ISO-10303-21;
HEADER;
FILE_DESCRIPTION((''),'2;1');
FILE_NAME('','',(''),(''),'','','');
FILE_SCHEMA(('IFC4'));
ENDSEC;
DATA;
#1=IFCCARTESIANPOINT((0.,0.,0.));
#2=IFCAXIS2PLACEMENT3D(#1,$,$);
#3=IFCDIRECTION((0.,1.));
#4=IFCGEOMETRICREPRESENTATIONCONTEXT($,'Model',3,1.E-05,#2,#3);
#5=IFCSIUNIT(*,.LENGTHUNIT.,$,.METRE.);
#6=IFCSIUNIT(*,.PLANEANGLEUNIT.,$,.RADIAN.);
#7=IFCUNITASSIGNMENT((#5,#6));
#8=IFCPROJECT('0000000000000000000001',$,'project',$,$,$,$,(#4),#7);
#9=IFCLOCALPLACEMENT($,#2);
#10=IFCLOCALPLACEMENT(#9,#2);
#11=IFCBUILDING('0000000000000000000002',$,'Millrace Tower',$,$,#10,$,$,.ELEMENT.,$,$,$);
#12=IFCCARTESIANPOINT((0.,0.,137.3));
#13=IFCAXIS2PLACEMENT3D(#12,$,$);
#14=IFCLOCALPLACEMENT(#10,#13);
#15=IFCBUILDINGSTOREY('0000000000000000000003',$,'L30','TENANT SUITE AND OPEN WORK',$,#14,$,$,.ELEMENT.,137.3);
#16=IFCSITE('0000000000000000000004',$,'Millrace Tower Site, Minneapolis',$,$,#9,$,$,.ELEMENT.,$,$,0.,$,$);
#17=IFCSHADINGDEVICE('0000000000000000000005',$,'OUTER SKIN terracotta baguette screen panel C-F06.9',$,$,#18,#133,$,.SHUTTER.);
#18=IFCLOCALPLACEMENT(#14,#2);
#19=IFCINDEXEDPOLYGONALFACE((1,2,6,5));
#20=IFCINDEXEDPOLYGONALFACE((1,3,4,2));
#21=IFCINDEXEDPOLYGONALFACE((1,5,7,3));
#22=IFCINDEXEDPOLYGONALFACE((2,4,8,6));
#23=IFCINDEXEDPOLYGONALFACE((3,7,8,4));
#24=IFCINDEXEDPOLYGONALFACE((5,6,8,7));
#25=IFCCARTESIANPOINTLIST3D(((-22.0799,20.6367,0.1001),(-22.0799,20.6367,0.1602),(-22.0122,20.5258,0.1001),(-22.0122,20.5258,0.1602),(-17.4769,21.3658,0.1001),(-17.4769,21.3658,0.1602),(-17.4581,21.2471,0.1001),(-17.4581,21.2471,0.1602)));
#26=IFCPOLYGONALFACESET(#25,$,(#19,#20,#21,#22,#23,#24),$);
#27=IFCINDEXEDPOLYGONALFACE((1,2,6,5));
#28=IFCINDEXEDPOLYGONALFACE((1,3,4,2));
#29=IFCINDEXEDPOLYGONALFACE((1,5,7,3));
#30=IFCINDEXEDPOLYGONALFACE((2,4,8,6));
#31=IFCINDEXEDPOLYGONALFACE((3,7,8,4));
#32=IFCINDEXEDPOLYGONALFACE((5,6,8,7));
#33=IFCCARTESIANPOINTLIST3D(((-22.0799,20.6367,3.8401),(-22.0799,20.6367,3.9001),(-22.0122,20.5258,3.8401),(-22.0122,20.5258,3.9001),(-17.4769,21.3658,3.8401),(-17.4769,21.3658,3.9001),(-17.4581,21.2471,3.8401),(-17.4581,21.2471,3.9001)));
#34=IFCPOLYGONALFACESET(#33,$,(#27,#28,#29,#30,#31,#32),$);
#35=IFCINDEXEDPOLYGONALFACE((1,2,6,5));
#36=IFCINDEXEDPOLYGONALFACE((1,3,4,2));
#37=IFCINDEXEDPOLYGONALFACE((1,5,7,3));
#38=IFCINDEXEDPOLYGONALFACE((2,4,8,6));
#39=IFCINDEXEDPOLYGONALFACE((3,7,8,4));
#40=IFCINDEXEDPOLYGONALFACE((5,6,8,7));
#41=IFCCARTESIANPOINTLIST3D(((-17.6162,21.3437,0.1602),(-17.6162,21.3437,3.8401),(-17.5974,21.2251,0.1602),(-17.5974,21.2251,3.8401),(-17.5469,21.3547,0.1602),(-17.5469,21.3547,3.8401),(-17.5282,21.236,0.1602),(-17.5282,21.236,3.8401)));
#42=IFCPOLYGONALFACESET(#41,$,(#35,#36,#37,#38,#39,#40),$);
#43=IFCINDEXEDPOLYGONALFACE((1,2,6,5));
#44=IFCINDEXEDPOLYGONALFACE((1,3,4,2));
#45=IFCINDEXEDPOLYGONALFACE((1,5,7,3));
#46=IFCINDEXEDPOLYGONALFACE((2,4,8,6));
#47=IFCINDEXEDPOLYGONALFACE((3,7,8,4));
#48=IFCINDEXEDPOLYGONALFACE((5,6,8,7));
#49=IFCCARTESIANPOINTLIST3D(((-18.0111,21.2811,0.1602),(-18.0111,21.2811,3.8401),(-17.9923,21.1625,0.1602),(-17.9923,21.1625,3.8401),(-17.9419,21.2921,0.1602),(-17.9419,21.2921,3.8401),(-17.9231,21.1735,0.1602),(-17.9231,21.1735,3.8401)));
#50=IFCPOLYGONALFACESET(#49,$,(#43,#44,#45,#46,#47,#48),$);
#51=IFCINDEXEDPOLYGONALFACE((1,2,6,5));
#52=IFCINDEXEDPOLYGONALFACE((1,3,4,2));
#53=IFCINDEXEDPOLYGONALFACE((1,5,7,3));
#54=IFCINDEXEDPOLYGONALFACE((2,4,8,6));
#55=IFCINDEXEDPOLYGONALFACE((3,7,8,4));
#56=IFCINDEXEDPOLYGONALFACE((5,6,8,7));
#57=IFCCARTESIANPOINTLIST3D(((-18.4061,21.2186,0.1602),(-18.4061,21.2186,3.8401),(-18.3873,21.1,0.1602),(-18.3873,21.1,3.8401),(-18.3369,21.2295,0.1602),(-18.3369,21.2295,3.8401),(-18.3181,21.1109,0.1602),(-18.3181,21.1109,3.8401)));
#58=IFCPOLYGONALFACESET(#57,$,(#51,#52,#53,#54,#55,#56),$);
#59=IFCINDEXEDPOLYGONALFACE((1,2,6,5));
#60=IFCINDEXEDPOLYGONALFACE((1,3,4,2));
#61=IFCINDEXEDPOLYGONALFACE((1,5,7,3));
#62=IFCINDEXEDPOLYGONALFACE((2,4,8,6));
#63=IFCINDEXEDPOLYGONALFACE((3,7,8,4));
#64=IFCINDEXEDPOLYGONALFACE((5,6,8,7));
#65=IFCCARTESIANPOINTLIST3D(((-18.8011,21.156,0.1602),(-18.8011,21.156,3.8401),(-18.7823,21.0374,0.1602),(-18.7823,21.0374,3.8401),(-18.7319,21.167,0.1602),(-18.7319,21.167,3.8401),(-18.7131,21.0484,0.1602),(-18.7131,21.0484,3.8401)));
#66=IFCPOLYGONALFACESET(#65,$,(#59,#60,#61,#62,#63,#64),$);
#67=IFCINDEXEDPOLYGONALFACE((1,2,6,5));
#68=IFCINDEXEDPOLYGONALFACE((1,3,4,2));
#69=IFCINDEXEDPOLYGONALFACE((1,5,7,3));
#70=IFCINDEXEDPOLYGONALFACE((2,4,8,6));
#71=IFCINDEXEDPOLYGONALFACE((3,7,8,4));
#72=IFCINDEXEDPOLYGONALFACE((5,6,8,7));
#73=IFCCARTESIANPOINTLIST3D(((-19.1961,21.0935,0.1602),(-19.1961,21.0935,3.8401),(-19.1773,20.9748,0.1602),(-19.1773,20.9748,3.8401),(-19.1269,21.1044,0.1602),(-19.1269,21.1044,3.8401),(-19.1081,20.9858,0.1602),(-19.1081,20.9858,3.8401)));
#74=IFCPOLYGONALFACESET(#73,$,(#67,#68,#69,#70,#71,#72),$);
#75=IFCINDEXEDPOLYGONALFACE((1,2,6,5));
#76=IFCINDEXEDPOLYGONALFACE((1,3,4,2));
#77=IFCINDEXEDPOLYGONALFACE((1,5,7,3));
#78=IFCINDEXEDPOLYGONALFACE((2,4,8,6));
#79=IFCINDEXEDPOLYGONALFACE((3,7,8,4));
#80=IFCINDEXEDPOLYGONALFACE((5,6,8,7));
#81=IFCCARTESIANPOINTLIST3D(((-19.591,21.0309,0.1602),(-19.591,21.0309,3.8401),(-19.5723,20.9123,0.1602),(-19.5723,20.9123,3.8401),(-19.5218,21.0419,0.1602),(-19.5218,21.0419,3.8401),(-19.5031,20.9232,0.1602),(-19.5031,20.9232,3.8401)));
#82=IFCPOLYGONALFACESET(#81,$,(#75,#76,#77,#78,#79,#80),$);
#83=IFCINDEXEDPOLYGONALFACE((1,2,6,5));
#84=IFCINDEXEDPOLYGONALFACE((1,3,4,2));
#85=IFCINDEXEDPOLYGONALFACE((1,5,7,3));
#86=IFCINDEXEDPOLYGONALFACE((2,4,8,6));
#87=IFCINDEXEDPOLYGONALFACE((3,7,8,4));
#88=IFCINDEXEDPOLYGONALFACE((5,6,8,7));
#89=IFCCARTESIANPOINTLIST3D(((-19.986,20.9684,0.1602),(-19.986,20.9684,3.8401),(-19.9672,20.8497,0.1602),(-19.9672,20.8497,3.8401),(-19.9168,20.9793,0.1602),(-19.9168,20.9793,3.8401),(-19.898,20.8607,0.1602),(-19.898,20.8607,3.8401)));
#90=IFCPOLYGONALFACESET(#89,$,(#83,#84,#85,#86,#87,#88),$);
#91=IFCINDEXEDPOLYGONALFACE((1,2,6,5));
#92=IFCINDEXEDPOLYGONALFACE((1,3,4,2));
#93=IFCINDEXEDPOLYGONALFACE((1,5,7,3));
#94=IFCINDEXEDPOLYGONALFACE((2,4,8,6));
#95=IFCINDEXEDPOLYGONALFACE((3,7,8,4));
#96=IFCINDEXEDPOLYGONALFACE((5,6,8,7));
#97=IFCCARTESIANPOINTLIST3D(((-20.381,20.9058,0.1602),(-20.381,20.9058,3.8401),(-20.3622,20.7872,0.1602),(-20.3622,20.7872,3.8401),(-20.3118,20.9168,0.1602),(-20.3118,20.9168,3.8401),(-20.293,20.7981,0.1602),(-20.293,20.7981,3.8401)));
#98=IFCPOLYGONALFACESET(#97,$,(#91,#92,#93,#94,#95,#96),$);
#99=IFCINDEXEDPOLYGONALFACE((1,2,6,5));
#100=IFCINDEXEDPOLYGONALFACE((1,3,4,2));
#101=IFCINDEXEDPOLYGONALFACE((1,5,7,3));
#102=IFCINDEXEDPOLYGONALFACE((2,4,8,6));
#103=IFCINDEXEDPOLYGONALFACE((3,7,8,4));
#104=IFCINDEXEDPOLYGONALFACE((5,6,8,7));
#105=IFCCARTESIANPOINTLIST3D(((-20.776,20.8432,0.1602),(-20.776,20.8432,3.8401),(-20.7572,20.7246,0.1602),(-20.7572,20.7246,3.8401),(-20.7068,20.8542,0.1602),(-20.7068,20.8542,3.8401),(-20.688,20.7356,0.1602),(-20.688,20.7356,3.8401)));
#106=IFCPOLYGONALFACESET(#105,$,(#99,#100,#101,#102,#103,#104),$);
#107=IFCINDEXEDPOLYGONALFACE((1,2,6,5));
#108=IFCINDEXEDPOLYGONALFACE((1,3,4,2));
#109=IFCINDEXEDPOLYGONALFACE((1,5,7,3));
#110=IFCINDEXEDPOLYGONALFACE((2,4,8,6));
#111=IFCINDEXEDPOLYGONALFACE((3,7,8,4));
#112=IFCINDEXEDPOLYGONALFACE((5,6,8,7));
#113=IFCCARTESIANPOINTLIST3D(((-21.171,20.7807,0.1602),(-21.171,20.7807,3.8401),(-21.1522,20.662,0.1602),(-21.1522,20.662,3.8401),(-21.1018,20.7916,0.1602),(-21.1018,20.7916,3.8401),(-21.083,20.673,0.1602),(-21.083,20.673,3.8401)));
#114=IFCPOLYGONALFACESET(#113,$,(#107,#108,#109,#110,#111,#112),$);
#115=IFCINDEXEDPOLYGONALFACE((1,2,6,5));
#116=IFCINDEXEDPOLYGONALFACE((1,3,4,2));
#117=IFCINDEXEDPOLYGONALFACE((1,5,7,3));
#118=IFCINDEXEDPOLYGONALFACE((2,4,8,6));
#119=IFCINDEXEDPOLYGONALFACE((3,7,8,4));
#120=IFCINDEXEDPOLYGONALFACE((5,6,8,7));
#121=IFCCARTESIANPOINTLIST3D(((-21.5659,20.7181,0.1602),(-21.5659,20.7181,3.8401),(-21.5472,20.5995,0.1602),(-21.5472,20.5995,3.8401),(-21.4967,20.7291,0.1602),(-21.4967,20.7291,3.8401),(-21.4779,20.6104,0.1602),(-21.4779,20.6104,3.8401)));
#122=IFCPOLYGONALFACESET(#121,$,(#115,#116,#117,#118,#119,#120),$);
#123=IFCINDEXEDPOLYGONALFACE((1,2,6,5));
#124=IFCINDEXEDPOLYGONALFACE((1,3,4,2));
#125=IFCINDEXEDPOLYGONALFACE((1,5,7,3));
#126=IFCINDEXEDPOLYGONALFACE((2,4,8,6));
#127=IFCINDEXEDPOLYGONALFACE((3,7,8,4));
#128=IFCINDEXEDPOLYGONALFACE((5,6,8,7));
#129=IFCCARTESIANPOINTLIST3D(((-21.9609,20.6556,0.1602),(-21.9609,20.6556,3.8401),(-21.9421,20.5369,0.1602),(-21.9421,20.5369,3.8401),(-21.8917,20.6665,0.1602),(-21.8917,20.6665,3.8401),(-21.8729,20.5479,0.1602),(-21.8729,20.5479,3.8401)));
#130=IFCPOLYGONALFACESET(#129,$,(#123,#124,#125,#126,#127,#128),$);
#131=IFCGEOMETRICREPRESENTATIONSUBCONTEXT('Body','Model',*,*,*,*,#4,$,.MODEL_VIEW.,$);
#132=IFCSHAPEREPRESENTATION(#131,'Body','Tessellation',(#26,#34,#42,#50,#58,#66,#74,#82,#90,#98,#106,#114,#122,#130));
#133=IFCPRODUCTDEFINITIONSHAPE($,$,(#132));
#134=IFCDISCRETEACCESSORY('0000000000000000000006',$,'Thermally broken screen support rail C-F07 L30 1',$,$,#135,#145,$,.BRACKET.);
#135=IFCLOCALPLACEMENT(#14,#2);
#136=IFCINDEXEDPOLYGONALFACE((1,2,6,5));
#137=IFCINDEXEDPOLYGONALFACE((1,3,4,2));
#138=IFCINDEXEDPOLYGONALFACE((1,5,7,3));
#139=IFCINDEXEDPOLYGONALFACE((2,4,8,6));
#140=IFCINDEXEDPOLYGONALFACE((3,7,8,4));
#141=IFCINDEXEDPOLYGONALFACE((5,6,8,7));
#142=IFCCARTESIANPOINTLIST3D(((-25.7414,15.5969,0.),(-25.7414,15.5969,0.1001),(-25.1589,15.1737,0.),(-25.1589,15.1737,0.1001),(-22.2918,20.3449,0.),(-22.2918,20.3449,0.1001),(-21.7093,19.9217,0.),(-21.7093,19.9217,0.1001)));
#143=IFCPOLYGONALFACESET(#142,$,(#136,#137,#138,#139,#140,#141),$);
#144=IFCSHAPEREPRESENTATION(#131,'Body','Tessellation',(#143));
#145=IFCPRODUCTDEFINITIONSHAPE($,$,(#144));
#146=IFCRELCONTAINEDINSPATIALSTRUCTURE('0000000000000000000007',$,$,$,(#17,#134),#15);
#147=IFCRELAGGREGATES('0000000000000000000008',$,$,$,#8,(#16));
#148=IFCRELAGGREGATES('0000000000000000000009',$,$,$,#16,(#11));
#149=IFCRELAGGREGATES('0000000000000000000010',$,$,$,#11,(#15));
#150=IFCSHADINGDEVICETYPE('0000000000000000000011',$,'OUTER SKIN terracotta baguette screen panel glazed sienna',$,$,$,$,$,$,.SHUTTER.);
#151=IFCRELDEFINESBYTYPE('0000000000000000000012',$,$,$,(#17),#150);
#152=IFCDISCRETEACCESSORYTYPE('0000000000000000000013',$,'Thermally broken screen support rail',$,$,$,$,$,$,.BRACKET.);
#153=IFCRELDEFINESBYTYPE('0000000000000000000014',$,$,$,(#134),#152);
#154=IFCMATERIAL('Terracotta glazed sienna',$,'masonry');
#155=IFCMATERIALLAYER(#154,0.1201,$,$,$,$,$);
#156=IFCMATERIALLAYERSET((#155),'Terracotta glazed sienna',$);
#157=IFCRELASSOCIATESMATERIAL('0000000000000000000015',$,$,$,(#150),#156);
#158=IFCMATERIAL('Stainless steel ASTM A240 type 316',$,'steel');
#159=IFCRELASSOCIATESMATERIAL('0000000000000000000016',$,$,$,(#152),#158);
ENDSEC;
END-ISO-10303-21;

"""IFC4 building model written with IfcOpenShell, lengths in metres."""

from ifc_helpers import new_model, entity, si_unit, direction, frame, frame_2d, origin, origin_2d, place, context, subcontext, project, spatial, rectangle, extrude, source, transform, mapped, material, layer, layer_set, type_object, element, save


model = new_model("IFC4")

# Units and contexts
model_context = context("Model", 3, precision=1e-05, world=origin(), true_north=direction((0.0, 1.0)))
body_context = subcontext(model_context, "Body", "Model", "MODEL_VIEW")
ifc_project = project(units=[si_unit("LENGTHUNIT", "METRE"), si_unit("PLANEANGLEUNIT", "RADIAN")], contexts=[model_context])

# Site, building, storey
site_placement = place(None, origin())
site = spatial("IfcSite", under=ifc_project, at=site_placement, Name="Millrace Tower Site, Minneapolis", CompositionType="ELEMENT", RefElevation=0.0)
building_placement = place(site_placement, origin())
building = spatial("IfcBuilding", under=site, at=building_placement, Name="Millrace Tower", CompositionType="ELEMENT")
storey_placement = place(building_placement, frame((0.0, 0.0, 137.3)))
storey = spatial("IfcBuildingStorey", under=building, at=storey_placement, Name="L30", Description="TENANT SUITE AND OPEN WORK", CompositionType="ELEMENT", Elevation=137.3)

# Shading device
ifc_material_1 = material(Name="Terracotta glazed sienna", Category="masonry")
ifc_layer_1 = layer(ifc_material_1, 0.1201)
ifc_layer_set_1 = layer_set([ifc_layer_1], Name="Terracotta glazed sienna")
shading_device_type = type_object("IfcShadingDeviceType", Name="OUTER SKIN terracotta baguette screen panel glazed sienna", PredefinedType="SHUTTER", material=ifc_layer_set_1)
cartesian_point_1 = entity("IfcCartesianPoint", [-2.3179, 0.0601])
shared_polyline_1 = entity("IfcPolyline", [cartesian_point_1, entity("IfcCartesianPoint", [2.293, 0.0601]), entity("IfcCartesianPoint", [2.3425, -0.0601]), entity("IfcCartesianPoint", [-2.3179, -0.0601]), cartesian_point_1])
shared_shape_1 = source(origin(), body_context, "Body", "SweptSolid", [
    entity("IfcExtrudedAreaSolid", entity("IfcArbitraryClosedProfileDef", "AREA", None, shared_polyline_1), entity("IfcAxis2Placement3D", entity("IfcCartesianPoint", [0.0, 0.0, 0.0])), entity("IfcDirection", [0.0, 0.0, 1.0]), 0.0601),
    entity("IfcExtrudedAreaSolid", entity("IfcArbitraryClosedProfileDef", "AREA", None, shared_polyline_1), entity("IfcAxis2Placement3D", entity("IfcCartesianPoint", [0.0, 0.0, 3.74])), entity("IfcDirection", [0.0, 0.0, 1.0]), 0.0601),
    extrude(rectangle(XDim=0.0701, YDim=0.1201, at=frame_2d((-2.2119, 0.0))), frame((0.0, 0.0, 0.0601)), (0.0, 0.0, 1.0), 3.6799),
    extrude(rectangle(XDim=0.0701, YDim=0.1201, at=frame_2d((-1.812, 0.0))), frame((0.0, 0.0, 0.0601)), (0.0, 0.0, 1.0), 3.6799),
    extrude(rectangle(XDim=0.0701, YDim=0.1201, at=frame_2d((-1.4121, 0.0))), frame((0.0, 0.0, 0.0601)), (0.0, 0.0, 1.0), 3.6799),
    extrude(rectangle(XDim=0.0701, YDim=0.1201, at=frame_2d((-1.0122, 0.0))), frame((0.0, 0.0, 0.0601)), (0.0, 0.0, 1.0), 3.6799),
    extrude(rectangle(XDim=0.0701, YDim=0.1201, at=frame_2d((-0.6123, 0.0))), frame((0.0, 0.0, 0.0601)), (0.0, 0.0, 1.0), 3.6799),
    extrude(rectangle(XDim=0.0701, YDim=0.1201, at=frame_2d((-0.2124, 0.0))), frame((0.0, 0.0, 0.0601)), (0.0, 0.0, 1.0), 3.6799),
    extrude(rectangle(XDim=0.0701, YDim=0.1201, at=frame_2d((0.1875, 0.0))), frame((0.0, 0.0, 0.0601)), (0.0, 0.0, 1.0), 3.6799),
    extrude(rectangle(XDim=0.0701, YDim=0.1201, at=frame_2d((0.5874, 0.0))), frame((0.0, 0.0, 0.0601)), (0.0, 0.0, 1.0), 3.6799),
    extrude(rectangle(XDim=0.0701, YDim=0.1201, at=frame_2d((0.9873, 0.0))), frame((0.0, 0.0, 0.0601)), (0.0, 0.0, 1.0), 3.6799),
    extrude(rectangle(XDim=0.0701, YDim=0.1201, at=frame_2d((1.3872, 0.0))), frame((0.0, 0.0, 0.0601)), (0.0, 0.0, 1.0), 3.6799),
    extrude(rectangle(XDim=0.0701, YDim=0.1201, at=frame_2d((1.7871, 0.0))), frame((0.0, 0.0, 0.0601)), (0.0, 0.0, 1.0), 3.6799),
    extrude(rectangle(XDim=0.0701, YDim=0.1201, at=frame_2d((2.187, 0.0))), frame((0.0, 0.0, 0.0601)), (0.0, 0.0, 1.0), 3.6799),
])
shading_device_1_placement = place(storey_placement, frame((-19.7568, 20.9438, 0.1001), z_axis=(0.0, 0.0, 1.0), x_axis=(-0.987688, -0.156434, 0.0)))
element("IfcShadingDevice", 1, at=shading_device_1_placement, inside=storey, type_object=shading_device_type, Name="OUTER SKIN terracotta baguette screen panel C-F06.9", PredefinedType="SHUTTER", context=body_context, shape_type="MappedRepresentation", body=[
    mapped(shared_shape_1, transform((0.0, 0.0, 0.0), scale=1.0)),
])

# Discrete accessory
ifc_material_2 = material(Name="Stainless steel ASTM A240 type 316", Category="steel")
discrete_accessory_type = type_object("IfcDiscreteAccessoryType", Name="Thermally broken screen support rail", PredefinedType="BRACKET", material=ifc_material_2)
discrete_accessory_placement = place(storey_placement, frame((-23.7253, 17.7593, 0.0), z_axis=(0.0, 0.0, 1.0), x_axis=(-0.587785, -0.809017, 0.0)))
element("IfcDiscreteAccessory", 2, at=discrete_accessory_placement, inside=storey, type_object=discrete_accessory_type, Name="Thermally broken screen support rail C-F07 L30 1", PredefinedType="BRACKET", context=body_context, shape_type="SweptSolid", body=[
    extrude(rectangle(XDim=5.8689, YDim=0.72, at=origin_2d()), origin(), (0.0, 0.0, 1.0), 0.1001),
])

save(model, "model.ifc")
